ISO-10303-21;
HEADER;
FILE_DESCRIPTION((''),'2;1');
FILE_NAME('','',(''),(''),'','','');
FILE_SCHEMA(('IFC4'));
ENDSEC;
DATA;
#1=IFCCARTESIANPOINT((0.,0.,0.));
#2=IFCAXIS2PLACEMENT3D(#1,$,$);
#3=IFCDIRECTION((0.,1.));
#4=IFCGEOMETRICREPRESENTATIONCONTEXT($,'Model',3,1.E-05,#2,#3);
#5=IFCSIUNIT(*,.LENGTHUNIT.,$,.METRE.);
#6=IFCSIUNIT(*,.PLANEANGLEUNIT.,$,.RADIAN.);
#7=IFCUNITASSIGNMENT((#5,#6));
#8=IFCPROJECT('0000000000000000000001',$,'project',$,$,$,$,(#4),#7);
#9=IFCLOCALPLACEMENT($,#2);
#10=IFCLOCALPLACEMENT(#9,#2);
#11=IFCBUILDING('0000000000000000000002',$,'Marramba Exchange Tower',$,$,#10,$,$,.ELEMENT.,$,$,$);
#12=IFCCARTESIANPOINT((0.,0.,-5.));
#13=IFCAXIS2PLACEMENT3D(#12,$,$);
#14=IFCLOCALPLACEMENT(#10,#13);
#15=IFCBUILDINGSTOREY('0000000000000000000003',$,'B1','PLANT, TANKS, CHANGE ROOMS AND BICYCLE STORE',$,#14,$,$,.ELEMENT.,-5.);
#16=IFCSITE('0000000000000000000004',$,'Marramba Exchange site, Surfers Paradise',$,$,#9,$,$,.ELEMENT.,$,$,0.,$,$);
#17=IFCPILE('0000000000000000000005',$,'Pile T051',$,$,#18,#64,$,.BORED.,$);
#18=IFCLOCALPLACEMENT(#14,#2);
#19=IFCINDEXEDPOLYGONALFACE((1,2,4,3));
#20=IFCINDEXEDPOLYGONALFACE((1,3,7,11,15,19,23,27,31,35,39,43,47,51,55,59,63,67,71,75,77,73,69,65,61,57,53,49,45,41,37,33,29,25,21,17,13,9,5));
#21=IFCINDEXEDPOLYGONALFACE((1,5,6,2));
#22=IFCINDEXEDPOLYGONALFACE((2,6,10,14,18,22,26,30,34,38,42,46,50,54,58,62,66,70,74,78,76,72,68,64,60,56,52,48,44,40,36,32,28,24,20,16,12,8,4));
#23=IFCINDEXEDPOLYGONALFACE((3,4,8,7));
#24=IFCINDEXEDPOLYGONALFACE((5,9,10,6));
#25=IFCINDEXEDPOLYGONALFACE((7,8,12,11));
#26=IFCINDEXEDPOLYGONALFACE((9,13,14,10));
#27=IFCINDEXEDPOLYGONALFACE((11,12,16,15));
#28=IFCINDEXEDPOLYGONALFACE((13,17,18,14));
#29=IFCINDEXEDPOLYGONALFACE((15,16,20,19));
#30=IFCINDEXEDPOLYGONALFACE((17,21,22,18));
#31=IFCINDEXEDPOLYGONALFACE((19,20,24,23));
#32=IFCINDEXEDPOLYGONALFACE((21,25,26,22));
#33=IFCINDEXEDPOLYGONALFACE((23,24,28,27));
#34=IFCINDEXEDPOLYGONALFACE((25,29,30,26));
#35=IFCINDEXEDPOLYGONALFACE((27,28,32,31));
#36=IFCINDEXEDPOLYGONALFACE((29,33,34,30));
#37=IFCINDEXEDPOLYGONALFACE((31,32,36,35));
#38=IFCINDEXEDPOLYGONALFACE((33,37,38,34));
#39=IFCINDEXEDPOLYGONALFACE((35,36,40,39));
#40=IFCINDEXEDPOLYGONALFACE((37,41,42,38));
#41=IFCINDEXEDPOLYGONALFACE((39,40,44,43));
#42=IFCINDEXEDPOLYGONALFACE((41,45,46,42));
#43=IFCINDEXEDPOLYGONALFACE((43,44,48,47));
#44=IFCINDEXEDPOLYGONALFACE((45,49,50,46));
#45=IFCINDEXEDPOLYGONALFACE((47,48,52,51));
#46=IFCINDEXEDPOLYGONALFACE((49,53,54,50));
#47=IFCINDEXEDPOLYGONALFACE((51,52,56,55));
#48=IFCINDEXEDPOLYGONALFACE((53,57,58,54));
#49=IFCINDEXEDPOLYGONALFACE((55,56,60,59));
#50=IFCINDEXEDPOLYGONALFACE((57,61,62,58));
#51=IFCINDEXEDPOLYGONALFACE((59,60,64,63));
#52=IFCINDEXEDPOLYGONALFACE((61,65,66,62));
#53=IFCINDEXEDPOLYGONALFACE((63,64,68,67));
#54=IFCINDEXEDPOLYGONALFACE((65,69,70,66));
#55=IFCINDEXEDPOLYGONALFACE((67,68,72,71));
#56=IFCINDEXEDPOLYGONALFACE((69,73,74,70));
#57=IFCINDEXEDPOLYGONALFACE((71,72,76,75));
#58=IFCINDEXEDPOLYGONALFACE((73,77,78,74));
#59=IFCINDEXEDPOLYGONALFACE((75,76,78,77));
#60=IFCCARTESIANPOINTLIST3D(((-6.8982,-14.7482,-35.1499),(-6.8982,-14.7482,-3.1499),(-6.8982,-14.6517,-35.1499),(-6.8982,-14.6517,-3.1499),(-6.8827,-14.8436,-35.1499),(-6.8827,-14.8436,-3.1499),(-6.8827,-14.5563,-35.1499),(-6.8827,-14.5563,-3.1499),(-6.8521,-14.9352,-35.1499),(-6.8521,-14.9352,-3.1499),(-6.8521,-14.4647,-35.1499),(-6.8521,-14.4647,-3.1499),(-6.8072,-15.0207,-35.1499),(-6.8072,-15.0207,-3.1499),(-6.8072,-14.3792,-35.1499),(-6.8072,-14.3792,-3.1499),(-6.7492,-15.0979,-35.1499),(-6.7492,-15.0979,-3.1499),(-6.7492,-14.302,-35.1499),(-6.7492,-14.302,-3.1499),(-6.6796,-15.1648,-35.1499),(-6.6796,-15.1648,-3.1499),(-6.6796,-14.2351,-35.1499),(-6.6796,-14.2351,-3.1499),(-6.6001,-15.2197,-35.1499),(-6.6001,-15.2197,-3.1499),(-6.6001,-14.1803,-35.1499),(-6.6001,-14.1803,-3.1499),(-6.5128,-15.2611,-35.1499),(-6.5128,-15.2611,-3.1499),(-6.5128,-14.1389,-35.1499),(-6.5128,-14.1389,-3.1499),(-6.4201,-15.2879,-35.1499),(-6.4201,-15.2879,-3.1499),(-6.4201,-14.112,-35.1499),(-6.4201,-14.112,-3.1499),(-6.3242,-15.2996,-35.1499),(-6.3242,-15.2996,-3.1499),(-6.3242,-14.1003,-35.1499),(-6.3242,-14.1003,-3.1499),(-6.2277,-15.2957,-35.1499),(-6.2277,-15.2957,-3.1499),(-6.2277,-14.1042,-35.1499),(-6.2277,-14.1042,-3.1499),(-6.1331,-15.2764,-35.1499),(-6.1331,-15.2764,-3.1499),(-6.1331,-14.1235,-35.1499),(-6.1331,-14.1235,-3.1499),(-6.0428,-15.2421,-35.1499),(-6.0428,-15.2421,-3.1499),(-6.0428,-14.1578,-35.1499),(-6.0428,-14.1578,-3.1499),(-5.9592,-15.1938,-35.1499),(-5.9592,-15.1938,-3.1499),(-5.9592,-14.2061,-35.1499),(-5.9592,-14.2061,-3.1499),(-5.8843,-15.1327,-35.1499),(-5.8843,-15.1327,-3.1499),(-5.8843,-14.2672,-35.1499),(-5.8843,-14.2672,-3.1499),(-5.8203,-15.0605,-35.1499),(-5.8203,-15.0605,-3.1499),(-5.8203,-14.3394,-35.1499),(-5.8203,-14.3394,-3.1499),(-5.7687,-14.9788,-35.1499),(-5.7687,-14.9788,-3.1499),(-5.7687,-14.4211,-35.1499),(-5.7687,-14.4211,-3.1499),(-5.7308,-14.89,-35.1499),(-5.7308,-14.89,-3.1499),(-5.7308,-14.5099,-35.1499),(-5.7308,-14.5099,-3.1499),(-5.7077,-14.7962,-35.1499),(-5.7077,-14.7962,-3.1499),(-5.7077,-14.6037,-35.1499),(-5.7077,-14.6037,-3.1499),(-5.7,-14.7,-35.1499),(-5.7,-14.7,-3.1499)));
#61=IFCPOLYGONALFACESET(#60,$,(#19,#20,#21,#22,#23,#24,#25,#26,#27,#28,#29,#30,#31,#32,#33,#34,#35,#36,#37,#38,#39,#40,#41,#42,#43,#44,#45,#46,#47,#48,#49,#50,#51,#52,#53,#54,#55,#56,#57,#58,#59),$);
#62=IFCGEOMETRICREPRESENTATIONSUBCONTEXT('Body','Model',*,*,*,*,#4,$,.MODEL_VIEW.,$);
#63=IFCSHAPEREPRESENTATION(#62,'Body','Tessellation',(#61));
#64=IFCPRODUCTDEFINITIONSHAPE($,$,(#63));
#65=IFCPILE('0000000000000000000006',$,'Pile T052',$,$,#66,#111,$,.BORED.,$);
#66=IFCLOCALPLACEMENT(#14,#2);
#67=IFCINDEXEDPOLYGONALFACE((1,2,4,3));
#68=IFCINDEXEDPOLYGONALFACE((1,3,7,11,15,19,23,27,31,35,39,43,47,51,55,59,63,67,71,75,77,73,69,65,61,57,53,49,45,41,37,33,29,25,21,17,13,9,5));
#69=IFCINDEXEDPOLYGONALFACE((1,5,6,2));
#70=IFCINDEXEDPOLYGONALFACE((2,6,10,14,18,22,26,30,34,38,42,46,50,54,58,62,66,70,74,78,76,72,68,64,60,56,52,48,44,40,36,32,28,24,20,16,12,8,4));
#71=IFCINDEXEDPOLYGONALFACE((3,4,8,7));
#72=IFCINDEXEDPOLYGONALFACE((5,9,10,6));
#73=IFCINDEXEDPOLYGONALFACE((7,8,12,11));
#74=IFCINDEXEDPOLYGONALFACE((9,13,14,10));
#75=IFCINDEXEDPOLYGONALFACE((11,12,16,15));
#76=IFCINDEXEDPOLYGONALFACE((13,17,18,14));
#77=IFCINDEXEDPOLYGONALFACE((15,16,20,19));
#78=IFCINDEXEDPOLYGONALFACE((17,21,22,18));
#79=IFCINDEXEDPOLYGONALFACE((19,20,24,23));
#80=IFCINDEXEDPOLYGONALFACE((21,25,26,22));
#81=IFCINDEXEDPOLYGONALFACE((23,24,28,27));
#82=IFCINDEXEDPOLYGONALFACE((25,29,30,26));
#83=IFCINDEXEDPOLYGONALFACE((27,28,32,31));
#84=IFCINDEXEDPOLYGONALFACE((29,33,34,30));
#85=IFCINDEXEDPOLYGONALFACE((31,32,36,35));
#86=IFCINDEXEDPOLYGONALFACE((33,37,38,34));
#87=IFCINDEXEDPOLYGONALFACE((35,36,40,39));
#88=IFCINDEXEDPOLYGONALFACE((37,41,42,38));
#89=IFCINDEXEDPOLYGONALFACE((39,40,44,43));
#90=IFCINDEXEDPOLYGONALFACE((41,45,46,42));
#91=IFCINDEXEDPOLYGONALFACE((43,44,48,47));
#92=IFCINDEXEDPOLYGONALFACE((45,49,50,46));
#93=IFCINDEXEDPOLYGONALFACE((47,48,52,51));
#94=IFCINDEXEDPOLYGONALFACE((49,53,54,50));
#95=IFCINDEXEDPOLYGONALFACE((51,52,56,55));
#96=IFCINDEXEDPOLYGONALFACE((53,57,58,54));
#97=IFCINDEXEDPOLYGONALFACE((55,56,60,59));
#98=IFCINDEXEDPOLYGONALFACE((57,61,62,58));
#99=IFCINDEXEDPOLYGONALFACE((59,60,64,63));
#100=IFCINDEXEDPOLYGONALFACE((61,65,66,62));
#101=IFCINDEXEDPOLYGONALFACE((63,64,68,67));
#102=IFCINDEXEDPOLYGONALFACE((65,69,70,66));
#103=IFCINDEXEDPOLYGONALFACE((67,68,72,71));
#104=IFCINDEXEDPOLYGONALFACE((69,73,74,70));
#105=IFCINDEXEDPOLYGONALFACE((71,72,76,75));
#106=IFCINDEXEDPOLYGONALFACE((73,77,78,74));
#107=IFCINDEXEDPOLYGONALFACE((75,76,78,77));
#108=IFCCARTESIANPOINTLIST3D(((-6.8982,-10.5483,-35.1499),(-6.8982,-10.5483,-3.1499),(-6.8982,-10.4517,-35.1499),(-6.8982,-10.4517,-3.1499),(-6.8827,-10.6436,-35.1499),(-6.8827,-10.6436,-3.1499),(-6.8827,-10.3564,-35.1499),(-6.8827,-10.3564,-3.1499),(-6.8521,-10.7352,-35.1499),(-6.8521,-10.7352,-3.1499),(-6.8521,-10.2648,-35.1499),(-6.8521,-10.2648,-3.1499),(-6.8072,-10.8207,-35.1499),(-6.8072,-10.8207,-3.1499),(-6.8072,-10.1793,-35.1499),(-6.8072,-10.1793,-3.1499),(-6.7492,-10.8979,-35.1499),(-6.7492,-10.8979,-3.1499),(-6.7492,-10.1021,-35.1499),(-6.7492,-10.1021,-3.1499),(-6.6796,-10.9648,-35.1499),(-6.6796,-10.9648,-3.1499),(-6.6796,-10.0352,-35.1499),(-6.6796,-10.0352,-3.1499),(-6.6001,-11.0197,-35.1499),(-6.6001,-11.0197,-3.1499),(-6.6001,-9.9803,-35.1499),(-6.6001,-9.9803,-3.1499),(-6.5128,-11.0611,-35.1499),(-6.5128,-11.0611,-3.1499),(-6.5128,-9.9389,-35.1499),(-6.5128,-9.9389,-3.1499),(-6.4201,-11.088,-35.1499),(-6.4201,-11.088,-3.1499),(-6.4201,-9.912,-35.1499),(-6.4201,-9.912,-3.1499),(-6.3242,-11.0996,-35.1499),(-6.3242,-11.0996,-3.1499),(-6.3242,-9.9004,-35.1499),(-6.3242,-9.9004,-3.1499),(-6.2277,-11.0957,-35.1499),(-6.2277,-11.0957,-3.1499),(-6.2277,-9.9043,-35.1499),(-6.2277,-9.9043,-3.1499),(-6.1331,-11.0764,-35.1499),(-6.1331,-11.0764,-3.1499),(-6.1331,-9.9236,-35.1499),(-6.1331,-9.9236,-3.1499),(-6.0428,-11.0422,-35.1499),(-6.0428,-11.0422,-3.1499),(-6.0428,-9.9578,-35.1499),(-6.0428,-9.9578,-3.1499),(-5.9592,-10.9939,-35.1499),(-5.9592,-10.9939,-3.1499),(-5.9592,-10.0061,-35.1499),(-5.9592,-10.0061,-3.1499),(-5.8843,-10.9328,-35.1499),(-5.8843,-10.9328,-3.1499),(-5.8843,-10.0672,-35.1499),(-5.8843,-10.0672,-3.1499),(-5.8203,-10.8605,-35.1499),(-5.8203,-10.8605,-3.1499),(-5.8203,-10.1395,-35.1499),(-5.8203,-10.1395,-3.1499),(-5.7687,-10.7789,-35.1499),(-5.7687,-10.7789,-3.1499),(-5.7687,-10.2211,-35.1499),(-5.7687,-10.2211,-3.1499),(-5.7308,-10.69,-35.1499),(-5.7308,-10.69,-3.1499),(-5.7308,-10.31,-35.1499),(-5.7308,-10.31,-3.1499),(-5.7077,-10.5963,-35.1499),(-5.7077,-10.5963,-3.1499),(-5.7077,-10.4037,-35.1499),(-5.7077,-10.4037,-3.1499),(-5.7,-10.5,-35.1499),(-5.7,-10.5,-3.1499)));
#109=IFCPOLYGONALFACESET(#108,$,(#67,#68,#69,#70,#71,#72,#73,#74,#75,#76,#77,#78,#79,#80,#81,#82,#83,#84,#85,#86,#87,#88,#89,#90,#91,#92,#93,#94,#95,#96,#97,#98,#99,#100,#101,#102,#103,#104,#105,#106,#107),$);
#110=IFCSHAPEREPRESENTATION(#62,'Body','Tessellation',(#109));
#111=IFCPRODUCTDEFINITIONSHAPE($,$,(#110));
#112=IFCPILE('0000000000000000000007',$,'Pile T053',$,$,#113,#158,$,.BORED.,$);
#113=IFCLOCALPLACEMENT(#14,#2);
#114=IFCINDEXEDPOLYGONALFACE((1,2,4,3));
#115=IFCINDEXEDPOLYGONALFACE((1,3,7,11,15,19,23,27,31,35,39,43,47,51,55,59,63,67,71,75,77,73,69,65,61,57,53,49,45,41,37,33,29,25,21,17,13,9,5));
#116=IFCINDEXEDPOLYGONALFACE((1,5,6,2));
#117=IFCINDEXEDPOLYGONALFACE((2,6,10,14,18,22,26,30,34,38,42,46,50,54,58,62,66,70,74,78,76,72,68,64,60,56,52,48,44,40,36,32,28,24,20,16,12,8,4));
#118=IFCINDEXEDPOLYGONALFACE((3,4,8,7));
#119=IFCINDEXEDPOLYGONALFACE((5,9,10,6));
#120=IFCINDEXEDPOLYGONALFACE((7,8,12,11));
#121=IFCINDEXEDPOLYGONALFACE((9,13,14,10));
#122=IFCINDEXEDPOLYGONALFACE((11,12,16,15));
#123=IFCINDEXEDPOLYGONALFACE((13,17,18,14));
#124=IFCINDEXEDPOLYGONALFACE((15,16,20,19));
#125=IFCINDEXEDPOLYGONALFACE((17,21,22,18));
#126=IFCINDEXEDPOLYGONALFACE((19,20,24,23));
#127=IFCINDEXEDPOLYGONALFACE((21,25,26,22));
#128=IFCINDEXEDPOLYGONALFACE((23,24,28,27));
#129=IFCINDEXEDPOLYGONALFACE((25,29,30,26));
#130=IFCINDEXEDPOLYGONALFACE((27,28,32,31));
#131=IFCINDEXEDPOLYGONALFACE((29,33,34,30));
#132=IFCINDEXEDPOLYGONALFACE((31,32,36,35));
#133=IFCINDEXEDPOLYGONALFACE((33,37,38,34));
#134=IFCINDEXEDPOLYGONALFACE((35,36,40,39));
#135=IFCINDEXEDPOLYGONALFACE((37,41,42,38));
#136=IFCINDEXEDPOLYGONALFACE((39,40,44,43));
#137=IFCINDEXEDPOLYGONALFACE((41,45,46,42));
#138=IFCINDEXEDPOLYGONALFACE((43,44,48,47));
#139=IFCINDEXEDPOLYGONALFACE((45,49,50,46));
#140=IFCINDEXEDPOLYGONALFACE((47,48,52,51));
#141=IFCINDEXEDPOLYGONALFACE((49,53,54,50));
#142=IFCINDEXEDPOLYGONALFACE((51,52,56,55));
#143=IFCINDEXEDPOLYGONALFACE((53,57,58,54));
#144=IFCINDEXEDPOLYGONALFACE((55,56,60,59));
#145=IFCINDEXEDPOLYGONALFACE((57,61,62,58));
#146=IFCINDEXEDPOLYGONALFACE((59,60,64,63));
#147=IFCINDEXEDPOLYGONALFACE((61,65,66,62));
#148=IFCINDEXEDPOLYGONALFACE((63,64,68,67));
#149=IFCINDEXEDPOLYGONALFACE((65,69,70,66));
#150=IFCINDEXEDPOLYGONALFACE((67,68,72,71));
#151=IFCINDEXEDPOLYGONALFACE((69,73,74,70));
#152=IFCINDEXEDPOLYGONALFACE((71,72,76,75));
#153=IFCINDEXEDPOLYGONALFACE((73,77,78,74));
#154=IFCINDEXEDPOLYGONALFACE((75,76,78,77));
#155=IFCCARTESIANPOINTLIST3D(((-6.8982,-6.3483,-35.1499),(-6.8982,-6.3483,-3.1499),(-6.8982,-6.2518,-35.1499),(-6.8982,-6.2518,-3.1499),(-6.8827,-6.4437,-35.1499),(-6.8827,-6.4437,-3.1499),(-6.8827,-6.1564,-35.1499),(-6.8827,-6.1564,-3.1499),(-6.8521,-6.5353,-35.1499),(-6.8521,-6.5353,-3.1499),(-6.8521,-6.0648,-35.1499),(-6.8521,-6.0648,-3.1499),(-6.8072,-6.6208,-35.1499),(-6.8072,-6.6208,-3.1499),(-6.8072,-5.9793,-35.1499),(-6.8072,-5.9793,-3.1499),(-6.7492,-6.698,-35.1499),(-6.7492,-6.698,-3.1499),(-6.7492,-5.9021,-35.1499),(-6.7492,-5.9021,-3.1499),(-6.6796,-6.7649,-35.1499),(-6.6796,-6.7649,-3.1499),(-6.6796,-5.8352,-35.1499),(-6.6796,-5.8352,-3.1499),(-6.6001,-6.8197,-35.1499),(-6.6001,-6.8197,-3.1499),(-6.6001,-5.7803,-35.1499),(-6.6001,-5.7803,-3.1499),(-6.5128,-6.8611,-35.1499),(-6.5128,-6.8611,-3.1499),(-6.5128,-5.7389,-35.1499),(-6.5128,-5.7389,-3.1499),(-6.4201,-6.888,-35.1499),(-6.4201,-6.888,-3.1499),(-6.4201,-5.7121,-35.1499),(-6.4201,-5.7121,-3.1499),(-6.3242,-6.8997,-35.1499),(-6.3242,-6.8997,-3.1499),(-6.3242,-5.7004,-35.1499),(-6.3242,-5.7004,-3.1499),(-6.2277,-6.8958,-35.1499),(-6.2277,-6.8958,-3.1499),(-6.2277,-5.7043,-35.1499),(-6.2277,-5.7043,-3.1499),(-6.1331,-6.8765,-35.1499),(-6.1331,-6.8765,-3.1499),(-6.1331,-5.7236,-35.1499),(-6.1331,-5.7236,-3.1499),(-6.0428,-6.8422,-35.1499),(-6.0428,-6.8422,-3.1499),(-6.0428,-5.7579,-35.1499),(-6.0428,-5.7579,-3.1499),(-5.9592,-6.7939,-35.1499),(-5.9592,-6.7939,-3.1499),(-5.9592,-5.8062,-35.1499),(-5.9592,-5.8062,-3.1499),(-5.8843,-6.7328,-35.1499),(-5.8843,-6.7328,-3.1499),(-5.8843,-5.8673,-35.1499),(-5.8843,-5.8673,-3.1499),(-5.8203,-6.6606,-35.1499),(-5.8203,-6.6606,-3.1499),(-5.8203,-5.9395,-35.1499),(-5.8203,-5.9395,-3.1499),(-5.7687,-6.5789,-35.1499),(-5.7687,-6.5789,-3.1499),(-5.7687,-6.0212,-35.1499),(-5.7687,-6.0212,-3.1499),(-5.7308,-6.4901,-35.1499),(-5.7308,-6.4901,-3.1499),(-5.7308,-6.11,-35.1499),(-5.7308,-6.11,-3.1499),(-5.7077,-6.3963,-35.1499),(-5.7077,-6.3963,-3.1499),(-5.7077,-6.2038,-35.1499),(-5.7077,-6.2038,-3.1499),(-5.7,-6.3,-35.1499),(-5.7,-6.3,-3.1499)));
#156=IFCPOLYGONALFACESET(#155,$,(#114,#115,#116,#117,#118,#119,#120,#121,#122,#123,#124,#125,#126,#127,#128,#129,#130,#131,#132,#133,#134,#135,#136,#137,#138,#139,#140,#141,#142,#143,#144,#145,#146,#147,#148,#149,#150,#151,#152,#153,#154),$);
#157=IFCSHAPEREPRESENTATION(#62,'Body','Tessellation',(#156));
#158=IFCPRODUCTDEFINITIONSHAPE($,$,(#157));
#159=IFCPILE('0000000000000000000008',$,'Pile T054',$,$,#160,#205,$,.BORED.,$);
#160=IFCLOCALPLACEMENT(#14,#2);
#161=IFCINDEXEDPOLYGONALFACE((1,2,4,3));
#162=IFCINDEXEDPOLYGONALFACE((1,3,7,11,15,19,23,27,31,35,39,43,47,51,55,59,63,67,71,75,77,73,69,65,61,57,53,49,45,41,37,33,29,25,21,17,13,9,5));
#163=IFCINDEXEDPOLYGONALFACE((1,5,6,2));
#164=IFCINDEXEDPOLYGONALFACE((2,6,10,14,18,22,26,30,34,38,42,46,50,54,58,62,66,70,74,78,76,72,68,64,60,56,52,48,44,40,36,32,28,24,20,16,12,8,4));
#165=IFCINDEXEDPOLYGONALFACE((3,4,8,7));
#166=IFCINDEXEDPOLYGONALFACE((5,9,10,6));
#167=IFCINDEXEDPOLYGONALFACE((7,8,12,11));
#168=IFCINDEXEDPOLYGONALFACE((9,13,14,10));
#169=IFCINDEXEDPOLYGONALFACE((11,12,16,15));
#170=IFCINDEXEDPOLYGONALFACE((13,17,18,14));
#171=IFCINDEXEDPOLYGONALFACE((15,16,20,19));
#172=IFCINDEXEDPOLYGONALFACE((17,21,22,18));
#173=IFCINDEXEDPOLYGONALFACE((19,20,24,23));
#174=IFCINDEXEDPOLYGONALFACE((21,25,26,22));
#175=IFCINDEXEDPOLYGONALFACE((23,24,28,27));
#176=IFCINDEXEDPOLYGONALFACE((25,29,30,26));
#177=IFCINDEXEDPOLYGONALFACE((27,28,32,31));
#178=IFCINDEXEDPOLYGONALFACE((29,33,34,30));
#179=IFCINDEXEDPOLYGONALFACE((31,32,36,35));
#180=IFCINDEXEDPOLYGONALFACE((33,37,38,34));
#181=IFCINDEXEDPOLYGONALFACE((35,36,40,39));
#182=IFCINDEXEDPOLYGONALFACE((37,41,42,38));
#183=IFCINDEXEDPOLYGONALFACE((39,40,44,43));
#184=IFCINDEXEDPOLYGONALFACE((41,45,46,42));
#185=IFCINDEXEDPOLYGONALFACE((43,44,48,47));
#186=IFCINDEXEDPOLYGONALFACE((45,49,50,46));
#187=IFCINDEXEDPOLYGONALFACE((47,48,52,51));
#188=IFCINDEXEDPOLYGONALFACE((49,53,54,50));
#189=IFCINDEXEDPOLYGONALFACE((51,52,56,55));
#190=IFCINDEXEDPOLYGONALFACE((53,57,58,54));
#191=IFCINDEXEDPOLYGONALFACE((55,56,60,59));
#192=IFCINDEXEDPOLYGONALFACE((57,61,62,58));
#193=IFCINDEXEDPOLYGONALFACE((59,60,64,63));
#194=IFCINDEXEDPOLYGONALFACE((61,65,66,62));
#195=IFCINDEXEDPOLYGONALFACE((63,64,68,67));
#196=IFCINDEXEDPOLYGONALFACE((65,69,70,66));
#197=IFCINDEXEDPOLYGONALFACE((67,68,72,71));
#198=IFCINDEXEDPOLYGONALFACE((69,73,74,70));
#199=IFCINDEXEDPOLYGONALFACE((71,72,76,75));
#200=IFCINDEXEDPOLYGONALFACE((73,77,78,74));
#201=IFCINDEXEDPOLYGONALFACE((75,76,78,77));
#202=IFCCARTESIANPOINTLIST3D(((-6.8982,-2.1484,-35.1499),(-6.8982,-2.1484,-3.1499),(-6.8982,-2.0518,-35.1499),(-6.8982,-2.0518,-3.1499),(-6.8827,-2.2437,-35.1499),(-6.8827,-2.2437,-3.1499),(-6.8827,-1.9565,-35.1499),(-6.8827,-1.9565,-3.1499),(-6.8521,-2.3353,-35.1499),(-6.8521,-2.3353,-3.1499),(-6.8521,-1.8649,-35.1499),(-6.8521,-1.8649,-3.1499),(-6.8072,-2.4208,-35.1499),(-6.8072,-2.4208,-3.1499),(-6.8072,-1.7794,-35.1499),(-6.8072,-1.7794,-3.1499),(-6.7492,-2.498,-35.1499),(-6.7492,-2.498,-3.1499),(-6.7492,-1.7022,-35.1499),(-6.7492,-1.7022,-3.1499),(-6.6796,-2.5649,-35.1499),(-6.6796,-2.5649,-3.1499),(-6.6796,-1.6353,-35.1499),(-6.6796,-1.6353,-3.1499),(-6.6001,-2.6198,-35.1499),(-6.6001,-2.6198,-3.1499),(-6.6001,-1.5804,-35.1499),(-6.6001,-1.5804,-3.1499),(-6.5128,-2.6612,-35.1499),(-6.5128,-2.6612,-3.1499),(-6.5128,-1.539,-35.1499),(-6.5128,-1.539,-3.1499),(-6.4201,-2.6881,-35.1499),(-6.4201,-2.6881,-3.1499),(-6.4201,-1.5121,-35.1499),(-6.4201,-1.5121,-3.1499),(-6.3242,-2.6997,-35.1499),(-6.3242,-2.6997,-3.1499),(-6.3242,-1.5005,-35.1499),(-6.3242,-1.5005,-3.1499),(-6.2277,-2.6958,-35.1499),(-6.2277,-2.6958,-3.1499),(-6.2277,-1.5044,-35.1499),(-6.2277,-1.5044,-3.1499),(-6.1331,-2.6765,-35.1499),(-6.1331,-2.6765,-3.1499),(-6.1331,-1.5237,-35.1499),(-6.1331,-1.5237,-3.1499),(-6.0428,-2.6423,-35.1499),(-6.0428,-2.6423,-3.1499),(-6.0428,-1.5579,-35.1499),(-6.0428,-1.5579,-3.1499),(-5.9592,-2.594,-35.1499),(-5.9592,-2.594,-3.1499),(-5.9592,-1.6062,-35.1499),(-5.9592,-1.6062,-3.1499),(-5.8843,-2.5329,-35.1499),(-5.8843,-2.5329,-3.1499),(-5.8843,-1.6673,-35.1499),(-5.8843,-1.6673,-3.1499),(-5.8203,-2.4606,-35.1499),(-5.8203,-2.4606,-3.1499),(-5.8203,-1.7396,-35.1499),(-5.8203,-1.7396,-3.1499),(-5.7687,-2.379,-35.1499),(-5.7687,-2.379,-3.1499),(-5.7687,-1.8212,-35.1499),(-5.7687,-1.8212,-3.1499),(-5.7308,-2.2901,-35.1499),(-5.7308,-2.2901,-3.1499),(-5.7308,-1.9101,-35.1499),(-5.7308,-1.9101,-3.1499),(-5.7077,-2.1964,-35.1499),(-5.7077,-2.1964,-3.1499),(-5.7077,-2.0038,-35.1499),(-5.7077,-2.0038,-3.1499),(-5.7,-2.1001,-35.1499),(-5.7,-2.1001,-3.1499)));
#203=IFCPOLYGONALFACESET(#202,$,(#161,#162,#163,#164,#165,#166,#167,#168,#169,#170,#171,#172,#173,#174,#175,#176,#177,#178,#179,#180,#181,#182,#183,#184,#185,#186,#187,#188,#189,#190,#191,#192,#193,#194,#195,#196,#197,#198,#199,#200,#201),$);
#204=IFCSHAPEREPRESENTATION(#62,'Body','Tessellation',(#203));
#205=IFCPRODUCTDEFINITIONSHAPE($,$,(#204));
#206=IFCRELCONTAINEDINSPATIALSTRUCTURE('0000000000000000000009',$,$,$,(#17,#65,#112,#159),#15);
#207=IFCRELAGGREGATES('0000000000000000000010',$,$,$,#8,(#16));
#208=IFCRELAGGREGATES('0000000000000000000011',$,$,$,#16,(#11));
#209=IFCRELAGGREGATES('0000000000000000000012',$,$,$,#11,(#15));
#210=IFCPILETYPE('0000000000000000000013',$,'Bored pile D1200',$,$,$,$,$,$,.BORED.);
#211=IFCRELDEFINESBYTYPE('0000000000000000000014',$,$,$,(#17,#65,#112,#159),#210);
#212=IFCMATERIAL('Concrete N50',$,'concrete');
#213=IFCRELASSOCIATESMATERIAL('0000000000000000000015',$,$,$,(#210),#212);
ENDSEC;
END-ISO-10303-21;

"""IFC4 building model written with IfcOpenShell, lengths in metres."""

from ifc_helpers import new_model, si_unit, direction, frame, origin, origin_2d, place, context, subcontext, project, spatial, circle, extrude, material, material_profile, profile_set, type_object, element, save


model = new_model("IFC4")

# Units and contexts
model_context = context("Model", 3, precision=1e-05, world=origin(), true_north=direction((0.0, 1.0)))
body_context = subcontext(model_context, "Body", "Model", "MODEL_VIEW")
ifc_project = project(units=[si_unit("LENGTHUNIT", "METRE"), si_unit("PLANEANGLEUNIT", "RADIAN")], contexts=[model_context])

# Site, building, storey
site_placement = place(None, origin())
site = spatial("IfcSite", under=ifc_project, at=site_placement, Name="Marramba Exchange site, Surfers Paradise", CompositionType="ELEMENT", RefElevation=0.0)
building_placement = place(site_placement, origin())
building = spatial("IfcBuilding", under=site, at=building_placement, Name="Marramba Exchange Tower", CompositionType="ELEMENT")
storey_placement = place(building_placement, frame((0.0, 0.0, -5.0)))
storey = spatial("IfcBuildingStorey", under=building, at=storey_placement, Name="B1", Description="PLANT, TANKS, CHANGE ROOMS AND BICYCLE STORE", CompositionType="ELEMENT", Elevation=-5.0)

# Piles
ifc_material_1 = material(Name="Concrete N50", Category="concrete")
ifc_material_profile_1 = material_profile(ifc_material_1, circle(Radius=0.6001, at=origin_2d()), Name="BP D1200")
ifc_profile_set_1 = profile_set([ifc_material_profile_1], Name="Concrete N50")
pile_type = type_object("IfcPileType", Name="Bored pile D1200", PredefinedType="BORED", material=ifc_profile_set_1)
for number, where, z_axis, x_axis, name in (
    (1, (-6.3, -14.7, -3.1499), (0.0, 0.0, -1.0), (1.0, 0.0, 0.0), "Pile T051"),
    (2, (-6.3, -10.5, -3.1499), (0.0, 0.0, -1.0), (1.0, 0.0, 0.0), "Pile T052"),
    (3, (-6.3, -6.3, -3.1499), (0.0, 0.0, -1.0), (1.0, 0.0, 0.0), "Pile T053"),
    (4, (-6.3, -2.1001, -3.1499), (0.0, 0.0, -1.0), (1.0, 0.0, 0.0), "Pile T054"),
):
    element("IfcPile", number, at=place(storey_placement, frame(where, z_axis=z_axis, x_axis=x_axis)), inside=storey, type_object=pile_type, Name=name, PredefinedType="BORED", context=body_context, shape_type="SweptSolid", body=[
        extrude(circle(Radius=0.6001, at=origin_2d()), origin(), (0.0, 0.0, 1.0), 32.0),
    ])

save(model, "model.ifc")
